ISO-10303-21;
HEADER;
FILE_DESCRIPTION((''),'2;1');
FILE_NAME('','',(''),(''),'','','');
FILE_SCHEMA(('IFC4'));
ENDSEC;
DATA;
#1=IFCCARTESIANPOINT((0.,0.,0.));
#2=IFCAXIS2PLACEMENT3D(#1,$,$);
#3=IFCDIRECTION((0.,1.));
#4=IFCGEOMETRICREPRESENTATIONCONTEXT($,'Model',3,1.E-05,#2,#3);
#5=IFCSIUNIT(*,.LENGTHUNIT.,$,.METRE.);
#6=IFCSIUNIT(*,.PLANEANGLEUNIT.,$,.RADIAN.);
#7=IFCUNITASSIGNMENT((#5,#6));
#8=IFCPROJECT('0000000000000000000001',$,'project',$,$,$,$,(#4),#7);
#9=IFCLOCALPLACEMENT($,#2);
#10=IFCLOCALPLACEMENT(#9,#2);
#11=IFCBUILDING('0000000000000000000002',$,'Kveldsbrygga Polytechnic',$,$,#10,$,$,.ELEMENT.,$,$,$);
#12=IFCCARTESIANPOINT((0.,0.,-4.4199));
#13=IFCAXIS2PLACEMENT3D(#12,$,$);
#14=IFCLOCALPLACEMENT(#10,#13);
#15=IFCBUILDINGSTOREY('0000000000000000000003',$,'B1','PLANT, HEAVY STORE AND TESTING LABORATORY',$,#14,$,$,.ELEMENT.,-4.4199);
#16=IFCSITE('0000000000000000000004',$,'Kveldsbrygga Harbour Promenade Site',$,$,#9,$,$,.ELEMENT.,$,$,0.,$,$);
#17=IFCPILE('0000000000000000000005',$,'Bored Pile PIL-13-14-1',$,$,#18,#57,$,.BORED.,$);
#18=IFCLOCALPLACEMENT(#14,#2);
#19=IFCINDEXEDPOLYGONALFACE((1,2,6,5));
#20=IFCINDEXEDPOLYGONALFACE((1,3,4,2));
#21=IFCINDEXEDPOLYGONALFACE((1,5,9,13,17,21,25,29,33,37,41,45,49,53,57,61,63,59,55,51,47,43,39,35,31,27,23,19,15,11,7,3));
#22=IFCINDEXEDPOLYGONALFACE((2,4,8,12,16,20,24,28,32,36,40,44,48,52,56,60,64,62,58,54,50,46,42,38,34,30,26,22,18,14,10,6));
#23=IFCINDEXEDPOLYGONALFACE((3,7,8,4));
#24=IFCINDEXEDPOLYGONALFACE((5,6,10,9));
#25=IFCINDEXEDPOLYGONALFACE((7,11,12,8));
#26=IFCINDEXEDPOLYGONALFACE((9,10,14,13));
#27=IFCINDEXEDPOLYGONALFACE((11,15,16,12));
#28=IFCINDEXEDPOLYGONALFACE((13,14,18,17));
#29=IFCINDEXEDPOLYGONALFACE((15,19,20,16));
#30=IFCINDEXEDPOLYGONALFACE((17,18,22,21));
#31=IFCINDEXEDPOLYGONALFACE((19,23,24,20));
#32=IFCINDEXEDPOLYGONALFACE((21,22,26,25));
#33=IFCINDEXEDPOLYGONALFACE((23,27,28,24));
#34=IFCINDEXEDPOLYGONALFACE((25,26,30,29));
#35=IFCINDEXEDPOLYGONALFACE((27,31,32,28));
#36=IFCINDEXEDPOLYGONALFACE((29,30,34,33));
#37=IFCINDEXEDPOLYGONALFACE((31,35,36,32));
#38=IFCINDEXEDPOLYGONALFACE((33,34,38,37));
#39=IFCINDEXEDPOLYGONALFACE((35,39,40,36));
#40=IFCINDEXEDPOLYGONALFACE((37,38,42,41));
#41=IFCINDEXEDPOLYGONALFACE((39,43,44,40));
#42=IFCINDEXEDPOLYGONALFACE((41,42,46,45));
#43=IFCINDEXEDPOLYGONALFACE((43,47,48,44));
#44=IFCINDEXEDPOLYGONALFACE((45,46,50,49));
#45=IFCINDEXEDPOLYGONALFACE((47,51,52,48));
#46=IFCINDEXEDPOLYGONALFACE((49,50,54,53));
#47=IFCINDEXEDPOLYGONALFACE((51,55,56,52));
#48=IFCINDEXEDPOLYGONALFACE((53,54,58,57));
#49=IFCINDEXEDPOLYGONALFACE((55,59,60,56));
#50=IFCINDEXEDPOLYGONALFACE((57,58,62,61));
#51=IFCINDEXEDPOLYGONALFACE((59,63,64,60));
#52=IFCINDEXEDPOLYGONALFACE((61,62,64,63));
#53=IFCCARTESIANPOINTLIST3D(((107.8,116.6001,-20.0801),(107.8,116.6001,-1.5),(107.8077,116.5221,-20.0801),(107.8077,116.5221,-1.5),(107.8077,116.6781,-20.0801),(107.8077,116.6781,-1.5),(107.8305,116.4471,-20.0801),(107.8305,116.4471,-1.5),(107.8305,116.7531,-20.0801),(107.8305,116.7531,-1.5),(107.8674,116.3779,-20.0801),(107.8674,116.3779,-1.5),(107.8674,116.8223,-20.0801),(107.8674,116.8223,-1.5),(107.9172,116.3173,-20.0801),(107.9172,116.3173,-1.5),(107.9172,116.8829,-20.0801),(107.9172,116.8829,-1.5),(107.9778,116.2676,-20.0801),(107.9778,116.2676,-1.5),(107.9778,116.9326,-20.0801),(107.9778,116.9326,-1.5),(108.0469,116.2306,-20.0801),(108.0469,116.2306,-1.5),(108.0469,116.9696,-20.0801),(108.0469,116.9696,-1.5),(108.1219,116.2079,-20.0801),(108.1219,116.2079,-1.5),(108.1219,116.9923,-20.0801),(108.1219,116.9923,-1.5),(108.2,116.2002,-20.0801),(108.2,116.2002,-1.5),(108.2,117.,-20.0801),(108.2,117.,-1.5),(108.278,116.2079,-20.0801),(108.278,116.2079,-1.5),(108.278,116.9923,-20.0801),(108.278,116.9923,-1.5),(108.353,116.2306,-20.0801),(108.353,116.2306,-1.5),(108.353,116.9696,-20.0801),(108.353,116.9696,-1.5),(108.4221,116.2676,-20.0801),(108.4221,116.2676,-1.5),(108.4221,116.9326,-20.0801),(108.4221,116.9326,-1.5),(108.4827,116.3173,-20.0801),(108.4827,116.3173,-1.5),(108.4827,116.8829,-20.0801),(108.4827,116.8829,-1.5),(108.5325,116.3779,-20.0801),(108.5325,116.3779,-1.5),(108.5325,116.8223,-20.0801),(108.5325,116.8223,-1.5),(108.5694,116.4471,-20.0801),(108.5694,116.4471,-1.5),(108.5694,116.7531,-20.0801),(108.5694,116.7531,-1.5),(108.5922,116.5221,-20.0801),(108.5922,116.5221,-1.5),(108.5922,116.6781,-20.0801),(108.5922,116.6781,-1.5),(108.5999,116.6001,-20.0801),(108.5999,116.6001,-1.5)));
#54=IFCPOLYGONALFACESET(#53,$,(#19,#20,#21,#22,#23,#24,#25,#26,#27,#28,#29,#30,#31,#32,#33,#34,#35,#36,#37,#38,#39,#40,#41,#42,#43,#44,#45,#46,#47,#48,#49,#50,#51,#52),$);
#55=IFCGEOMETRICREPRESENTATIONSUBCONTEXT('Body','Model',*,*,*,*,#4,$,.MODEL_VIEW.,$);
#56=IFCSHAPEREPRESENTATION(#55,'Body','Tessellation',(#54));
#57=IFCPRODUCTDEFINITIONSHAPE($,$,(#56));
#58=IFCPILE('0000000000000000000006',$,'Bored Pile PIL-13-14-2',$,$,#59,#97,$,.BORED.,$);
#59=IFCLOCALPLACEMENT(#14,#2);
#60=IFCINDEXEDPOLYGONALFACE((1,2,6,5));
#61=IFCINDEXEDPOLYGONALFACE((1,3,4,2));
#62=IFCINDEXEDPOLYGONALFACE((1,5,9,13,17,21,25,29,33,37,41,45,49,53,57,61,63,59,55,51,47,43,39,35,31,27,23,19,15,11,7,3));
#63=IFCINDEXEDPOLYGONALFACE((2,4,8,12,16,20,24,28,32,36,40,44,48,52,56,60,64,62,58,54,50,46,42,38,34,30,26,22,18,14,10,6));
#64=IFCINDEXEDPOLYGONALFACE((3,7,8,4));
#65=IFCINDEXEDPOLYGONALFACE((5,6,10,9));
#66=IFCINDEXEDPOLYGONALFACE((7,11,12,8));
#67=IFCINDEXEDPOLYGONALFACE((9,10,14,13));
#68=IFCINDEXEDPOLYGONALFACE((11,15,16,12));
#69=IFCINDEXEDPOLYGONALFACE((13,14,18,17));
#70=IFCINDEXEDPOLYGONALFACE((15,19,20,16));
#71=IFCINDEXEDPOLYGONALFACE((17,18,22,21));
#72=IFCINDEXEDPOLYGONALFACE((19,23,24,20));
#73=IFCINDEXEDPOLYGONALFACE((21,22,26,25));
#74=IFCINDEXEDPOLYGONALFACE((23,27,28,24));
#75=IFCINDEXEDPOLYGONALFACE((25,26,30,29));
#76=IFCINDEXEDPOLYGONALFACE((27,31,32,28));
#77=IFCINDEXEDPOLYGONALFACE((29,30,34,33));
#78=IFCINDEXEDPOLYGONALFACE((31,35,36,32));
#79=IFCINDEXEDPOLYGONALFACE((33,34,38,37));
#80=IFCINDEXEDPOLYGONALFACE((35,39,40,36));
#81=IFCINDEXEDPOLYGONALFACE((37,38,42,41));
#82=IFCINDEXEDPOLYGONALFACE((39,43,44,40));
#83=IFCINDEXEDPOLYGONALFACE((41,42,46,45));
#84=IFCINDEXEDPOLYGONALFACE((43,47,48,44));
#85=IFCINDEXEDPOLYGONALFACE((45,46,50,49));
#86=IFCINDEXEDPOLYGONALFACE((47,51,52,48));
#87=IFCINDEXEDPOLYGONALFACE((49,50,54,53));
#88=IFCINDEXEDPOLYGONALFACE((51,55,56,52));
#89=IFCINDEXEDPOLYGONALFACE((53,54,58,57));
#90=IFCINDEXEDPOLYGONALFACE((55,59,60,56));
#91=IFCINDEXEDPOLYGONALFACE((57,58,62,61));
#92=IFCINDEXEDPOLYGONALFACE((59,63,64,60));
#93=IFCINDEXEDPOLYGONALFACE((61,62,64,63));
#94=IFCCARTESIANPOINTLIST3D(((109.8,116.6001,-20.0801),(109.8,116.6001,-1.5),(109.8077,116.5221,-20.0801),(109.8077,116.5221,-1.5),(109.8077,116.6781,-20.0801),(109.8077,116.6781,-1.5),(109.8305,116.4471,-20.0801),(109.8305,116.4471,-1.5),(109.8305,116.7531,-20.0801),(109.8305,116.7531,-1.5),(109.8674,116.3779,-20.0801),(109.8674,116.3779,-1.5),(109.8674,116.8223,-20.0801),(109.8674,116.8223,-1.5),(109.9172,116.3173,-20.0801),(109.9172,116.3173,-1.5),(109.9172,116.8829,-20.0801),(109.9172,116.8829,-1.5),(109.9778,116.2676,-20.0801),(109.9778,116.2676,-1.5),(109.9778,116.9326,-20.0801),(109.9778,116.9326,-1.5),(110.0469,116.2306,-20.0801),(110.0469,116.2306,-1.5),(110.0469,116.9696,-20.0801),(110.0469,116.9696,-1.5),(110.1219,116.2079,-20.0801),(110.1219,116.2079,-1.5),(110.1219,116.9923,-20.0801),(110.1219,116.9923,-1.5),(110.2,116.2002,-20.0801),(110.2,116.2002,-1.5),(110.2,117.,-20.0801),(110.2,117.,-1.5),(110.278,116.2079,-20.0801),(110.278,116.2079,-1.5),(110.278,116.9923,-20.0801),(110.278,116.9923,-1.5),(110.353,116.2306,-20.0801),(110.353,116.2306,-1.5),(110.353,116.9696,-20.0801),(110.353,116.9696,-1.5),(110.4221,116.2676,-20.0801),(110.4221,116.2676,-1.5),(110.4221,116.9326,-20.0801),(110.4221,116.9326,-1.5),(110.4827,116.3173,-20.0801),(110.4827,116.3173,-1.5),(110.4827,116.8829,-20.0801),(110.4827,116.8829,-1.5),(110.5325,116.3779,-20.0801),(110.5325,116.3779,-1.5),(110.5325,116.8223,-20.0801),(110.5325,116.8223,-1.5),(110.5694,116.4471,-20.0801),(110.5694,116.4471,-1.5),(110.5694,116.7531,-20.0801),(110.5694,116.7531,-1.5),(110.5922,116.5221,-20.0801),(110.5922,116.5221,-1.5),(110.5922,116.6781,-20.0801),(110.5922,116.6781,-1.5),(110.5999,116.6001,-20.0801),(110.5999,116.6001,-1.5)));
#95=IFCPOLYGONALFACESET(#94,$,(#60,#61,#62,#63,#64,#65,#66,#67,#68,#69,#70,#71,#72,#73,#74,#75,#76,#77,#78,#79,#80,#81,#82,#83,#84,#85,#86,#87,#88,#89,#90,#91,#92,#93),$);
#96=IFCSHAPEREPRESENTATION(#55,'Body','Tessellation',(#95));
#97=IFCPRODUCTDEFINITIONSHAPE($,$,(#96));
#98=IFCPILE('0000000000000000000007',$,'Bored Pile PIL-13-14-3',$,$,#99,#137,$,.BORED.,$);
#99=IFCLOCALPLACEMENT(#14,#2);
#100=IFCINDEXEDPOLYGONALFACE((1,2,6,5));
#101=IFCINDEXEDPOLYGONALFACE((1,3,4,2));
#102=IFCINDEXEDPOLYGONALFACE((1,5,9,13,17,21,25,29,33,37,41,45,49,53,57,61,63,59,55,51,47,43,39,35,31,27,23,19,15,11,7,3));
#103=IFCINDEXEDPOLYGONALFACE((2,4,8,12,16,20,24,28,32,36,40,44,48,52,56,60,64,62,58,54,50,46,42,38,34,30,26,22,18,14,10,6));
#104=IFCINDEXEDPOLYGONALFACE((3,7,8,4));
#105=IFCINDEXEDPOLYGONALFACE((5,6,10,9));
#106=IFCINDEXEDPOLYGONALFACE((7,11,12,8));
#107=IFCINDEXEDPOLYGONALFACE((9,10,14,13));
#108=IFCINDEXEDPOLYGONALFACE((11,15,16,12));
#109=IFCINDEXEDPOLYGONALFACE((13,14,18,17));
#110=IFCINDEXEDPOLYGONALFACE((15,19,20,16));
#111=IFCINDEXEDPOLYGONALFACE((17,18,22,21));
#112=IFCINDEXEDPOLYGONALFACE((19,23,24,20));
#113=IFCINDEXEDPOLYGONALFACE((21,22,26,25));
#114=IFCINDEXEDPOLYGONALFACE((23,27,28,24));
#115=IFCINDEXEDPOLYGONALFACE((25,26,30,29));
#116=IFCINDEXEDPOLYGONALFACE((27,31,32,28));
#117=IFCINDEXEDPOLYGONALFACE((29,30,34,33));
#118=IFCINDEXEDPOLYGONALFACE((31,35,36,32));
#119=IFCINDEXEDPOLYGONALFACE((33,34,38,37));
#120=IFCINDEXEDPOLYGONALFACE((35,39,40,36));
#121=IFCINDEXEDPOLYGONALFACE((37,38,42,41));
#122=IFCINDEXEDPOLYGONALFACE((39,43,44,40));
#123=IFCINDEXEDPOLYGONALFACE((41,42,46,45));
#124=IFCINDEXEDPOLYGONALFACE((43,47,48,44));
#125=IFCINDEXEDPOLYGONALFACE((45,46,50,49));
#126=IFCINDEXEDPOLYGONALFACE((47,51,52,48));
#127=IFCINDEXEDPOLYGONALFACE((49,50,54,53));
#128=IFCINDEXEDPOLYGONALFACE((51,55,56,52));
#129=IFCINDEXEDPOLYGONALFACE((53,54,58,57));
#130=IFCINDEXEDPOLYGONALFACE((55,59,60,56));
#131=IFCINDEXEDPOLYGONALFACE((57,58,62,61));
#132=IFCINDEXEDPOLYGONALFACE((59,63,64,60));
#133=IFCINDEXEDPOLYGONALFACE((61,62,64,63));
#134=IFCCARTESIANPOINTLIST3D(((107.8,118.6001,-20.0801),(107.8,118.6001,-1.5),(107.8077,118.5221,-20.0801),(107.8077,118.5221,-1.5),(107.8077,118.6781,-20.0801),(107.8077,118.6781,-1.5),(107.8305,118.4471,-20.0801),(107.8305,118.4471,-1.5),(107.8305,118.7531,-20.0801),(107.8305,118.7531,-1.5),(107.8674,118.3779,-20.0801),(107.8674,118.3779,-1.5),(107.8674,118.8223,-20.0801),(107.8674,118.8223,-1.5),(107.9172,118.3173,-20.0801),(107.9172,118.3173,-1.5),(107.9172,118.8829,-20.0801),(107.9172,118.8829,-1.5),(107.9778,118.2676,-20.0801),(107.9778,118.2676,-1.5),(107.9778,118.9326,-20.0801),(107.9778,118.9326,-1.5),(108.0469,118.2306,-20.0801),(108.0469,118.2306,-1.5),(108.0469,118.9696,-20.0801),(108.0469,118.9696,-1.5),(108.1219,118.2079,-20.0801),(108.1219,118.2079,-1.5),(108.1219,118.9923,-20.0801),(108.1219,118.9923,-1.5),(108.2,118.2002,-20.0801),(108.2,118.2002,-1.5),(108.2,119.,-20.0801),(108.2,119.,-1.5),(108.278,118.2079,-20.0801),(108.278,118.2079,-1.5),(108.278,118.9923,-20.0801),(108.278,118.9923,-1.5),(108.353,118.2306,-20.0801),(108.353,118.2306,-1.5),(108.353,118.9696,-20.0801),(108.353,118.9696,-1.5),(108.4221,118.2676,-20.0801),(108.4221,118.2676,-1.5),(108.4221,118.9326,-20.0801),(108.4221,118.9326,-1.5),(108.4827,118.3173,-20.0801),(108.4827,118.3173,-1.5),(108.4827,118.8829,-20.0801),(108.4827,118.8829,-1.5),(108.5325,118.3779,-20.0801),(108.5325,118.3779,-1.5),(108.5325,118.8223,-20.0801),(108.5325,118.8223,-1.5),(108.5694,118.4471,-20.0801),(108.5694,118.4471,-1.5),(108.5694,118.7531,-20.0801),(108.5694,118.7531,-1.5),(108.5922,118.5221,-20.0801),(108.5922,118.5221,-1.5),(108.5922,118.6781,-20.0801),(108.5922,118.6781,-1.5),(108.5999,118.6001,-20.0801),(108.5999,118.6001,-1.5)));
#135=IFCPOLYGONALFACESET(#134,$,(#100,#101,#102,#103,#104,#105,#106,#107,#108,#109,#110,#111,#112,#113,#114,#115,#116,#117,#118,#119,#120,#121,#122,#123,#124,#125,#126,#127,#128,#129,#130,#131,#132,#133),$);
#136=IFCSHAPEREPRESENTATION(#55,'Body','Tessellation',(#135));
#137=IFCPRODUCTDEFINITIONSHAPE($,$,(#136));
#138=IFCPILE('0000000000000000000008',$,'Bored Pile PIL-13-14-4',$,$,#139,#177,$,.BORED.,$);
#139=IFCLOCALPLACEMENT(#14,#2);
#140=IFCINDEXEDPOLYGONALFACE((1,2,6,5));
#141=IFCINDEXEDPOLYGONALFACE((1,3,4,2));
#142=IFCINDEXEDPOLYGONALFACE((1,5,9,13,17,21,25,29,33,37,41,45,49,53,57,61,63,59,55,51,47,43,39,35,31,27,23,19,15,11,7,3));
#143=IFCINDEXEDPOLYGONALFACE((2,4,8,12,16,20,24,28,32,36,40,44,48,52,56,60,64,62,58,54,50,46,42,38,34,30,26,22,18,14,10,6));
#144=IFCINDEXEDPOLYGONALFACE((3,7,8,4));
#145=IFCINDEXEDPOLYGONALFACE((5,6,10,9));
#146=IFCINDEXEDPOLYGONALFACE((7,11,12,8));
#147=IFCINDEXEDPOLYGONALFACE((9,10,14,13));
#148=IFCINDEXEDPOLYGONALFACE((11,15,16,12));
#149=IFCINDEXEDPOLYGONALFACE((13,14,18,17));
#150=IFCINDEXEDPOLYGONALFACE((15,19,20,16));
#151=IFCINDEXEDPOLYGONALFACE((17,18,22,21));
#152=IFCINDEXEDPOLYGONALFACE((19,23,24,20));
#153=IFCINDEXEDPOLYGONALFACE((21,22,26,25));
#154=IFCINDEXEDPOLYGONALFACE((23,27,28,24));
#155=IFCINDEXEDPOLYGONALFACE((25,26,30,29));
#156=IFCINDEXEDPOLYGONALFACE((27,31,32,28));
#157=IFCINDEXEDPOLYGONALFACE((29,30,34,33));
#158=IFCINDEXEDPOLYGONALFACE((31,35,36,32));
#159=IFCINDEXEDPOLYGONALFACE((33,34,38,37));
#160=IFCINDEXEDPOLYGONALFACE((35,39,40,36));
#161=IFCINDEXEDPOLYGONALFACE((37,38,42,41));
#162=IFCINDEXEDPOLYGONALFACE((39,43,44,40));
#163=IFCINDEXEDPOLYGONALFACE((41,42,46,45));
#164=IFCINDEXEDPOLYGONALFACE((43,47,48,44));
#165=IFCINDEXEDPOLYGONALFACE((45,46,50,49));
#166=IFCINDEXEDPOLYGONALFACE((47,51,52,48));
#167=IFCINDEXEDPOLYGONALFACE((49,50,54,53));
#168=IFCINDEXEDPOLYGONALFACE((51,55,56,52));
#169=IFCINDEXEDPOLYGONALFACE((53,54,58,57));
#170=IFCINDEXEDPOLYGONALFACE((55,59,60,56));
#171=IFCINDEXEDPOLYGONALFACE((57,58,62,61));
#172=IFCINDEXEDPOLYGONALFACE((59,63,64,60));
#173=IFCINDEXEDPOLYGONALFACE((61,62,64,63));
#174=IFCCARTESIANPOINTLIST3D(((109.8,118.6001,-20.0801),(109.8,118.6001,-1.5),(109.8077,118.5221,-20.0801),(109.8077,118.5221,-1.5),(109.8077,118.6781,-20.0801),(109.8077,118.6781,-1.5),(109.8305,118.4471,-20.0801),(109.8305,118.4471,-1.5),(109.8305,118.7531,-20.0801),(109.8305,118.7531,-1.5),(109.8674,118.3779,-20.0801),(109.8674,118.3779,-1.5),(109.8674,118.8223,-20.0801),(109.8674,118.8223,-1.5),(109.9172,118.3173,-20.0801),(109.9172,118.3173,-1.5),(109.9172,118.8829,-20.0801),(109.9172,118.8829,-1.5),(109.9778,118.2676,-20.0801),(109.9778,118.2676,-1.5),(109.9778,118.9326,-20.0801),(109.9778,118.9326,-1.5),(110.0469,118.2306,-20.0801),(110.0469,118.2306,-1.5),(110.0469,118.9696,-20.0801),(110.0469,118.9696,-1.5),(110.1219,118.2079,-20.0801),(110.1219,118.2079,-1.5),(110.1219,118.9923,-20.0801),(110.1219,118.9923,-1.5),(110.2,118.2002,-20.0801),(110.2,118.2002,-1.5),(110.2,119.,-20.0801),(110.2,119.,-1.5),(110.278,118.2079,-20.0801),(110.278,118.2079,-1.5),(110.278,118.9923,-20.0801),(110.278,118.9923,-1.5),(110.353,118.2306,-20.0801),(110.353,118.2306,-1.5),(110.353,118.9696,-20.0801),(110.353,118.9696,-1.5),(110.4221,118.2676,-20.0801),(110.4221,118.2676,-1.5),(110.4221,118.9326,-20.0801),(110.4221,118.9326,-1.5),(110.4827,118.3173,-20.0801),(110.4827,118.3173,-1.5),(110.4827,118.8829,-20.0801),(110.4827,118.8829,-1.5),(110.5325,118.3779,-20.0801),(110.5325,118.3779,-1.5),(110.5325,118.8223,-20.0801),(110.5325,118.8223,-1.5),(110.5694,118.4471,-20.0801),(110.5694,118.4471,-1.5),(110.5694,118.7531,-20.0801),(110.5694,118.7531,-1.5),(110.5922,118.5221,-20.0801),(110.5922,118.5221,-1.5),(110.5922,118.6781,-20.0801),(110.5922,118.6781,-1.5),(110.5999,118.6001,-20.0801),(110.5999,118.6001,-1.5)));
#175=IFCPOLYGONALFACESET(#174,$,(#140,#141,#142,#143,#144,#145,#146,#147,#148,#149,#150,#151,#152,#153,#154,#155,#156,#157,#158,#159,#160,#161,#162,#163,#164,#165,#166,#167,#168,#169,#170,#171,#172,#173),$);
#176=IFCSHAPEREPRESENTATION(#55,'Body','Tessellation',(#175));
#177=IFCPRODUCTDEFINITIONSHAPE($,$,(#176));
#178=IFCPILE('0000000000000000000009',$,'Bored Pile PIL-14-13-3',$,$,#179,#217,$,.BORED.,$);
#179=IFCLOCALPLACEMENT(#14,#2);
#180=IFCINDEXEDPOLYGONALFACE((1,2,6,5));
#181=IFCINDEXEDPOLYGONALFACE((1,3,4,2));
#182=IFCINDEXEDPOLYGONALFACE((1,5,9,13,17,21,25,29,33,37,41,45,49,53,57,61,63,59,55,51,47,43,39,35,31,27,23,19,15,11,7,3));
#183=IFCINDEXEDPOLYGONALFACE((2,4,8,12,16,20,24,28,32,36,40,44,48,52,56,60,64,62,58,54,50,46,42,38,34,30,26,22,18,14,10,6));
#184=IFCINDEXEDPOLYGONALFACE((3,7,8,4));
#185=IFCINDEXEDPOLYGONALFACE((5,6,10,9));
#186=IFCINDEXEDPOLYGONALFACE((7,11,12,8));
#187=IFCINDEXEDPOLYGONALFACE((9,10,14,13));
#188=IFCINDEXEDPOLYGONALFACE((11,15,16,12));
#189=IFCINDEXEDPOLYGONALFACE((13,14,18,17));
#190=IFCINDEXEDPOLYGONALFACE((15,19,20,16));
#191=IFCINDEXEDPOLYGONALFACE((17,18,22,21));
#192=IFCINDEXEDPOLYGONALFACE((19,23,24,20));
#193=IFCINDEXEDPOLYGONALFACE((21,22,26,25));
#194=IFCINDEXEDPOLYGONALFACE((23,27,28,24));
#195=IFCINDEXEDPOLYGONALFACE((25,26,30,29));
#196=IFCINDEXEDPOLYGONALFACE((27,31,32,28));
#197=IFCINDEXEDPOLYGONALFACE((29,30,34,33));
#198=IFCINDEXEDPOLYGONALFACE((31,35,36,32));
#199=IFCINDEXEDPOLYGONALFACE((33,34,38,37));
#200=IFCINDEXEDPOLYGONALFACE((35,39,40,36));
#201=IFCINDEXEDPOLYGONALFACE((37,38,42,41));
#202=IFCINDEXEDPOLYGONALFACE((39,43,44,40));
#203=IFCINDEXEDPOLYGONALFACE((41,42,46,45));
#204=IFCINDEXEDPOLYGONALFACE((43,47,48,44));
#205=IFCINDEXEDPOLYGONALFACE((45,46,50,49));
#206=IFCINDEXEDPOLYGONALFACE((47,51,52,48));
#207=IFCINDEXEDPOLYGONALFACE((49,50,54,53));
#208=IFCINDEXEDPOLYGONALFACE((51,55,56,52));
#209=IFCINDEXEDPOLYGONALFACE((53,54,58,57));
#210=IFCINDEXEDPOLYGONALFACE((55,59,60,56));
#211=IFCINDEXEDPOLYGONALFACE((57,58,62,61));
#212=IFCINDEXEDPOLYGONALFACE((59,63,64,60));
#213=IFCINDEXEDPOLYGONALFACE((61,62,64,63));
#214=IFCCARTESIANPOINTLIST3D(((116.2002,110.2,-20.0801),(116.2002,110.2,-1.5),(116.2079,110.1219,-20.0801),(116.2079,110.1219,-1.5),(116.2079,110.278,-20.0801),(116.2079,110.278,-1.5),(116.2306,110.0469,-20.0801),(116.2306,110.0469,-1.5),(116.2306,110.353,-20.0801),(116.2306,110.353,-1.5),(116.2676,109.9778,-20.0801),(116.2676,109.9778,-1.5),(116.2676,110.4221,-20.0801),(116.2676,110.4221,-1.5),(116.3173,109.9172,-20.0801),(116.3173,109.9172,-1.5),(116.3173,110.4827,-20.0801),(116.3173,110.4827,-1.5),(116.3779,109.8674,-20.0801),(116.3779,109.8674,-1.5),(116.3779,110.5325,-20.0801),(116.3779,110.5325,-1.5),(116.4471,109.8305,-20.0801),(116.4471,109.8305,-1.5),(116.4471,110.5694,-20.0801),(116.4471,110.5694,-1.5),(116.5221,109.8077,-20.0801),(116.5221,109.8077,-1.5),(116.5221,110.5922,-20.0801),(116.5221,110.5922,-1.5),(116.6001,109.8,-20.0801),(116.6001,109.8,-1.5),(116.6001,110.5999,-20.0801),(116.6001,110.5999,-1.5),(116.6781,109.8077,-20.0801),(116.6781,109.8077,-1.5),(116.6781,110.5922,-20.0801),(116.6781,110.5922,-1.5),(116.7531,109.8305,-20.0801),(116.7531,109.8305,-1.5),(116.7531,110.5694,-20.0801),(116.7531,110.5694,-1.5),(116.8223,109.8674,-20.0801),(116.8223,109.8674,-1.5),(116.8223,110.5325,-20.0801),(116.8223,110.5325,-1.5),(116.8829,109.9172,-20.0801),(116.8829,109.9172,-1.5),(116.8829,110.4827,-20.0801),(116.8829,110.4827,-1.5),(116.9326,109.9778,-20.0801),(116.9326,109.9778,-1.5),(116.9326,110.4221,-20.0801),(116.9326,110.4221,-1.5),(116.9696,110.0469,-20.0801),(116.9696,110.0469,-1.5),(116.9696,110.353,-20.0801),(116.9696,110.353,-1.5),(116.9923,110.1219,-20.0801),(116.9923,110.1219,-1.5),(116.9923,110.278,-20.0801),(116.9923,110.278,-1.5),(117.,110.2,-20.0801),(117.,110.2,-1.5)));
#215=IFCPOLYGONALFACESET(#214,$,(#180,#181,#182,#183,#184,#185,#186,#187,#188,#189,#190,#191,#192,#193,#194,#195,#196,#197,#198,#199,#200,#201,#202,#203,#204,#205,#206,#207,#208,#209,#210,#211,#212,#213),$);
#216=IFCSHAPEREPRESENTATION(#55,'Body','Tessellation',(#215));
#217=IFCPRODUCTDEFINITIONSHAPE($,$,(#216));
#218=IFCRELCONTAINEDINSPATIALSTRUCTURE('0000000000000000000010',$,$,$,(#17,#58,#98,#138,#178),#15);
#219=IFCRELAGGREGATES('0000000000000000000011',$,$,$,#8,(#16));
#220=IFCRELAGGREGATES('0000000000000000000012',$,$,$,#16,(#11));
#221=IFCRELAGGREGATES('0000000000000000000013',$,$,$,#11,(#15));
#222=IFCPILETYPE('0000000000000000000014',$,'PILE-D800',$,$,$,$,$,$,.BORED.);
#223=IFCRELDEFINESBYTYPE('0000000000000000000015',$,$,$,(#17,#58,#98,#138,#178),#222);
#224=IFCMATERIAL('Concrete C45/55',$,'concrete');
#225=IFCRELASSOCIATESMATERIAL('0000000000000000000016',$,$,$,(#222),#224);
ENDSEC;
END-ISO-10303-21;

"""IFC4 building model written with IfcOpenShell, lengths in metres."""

from ifc_helpers import new_model, si_unit, direction, frame, origin, origin_2d, place, context, subcontext, project, spatial, circle, extrude, material, material_profile, profile_set, type_object, element, save


model = new_model("IFC4")

# Units and contexts
model_context = context("Model", 3, precision=1e-05, world=origin(), true_north=direction((0.0, 1.0)))
body_context = subcontext(model_context, "Body", "Model", "MODEL_VIEW")
ifc_project = project(units=[si_unit("LENGTHUNIT", "METRE"), si_unit("PLANEANGLEUNIT", "RADIAN")], contexts=[model_context])

# Site, building, storey
site_placement = place(None, origin())
site = spatial("IfcSite", under=ifc_project, at=site_placement, Name="Kveldsbrygga Harbour Promenade Site", CompositionType="ELEMENT", RefElevation=0.0)
building_placement = place(site_placement, origin())
building = spatial("IfcBuilding", under=site, at=building_placement, Name="Kveldsbrygga Polytechnic", CompositionType="ELEMENT")
storey_placement = place(building_placement, frame((0.0, 0.0, -4.4199)))
storey = spatial("IfcBuildingStorey", under=building, at=storey_placement, Name="B1", Description="PLANT, HEAVY STORE AND TESTING LABORATORY", CompositionType="ELEMENT", Elevation=-4.4199)

# Shared definitions
ifc_material_1 = material(Name="Concrete C45/55", Category="concrete")

# Piles
ifc_material_profile_1 = material_profile(ifc_material_1, circle(Radius=0.3999, at=origin_2d()), Name="PILE D800")
ifc_profile_set_1 = profile_set([ifc_material_profile_1], Name="Concrete C45/55")
pile_type = type_object("IfcPileType", Name="PILE-D800", PredefinedType="BORED", material=ifc_profile_set_1)
for number, where, z_axis, x_axis, name in (
    (1, (108.2, 116.6001, -1.5), (0.0, 0.0, -1.0), (1.0, 0.0, 0.0), "Bored Pile PIL-13-14-1"),
    (2, (110.2, 116.6001, -1.5), (0.0, 0.0, -1.0), (1.0, 0.0, 0.0), "Bored Pile PIL-13-14-2"),
    (3, (108.2, 118.6001, -1.5), (0.0, 0.0, -1.0), (1.0, 0.0, 0.0), "Bored Pile PIL-13-14-3"),
    (4, (110.2, 118.6001, -1.5), (0.0, 0.0, -1.0), (1.0, 0.0, 0.0), "Bored Pile PIL-13-14-4"),
    (5, (116.6001, 110.2, -1.5), (0.0, 0.0, -1.0), (1.0, 0.0, 0.0), "Bored Pile PIL-14-13-3"),
):
    element("IfcPile", number, at=place(storey_placement, frame(where, z_axis=z_axis, x_axis=x_axis)), inside=storey, type_object=pile_type, Name=name, PredefinedType="BORED", context=body_context, shape_type="SweptSolid", body=[
        extrude(circle(Radius=0.3999, at=origin_2d()), origin(), (0.0, 0.0, 1.0), 18.5801),
    ])

save(model, "model.ifc")
